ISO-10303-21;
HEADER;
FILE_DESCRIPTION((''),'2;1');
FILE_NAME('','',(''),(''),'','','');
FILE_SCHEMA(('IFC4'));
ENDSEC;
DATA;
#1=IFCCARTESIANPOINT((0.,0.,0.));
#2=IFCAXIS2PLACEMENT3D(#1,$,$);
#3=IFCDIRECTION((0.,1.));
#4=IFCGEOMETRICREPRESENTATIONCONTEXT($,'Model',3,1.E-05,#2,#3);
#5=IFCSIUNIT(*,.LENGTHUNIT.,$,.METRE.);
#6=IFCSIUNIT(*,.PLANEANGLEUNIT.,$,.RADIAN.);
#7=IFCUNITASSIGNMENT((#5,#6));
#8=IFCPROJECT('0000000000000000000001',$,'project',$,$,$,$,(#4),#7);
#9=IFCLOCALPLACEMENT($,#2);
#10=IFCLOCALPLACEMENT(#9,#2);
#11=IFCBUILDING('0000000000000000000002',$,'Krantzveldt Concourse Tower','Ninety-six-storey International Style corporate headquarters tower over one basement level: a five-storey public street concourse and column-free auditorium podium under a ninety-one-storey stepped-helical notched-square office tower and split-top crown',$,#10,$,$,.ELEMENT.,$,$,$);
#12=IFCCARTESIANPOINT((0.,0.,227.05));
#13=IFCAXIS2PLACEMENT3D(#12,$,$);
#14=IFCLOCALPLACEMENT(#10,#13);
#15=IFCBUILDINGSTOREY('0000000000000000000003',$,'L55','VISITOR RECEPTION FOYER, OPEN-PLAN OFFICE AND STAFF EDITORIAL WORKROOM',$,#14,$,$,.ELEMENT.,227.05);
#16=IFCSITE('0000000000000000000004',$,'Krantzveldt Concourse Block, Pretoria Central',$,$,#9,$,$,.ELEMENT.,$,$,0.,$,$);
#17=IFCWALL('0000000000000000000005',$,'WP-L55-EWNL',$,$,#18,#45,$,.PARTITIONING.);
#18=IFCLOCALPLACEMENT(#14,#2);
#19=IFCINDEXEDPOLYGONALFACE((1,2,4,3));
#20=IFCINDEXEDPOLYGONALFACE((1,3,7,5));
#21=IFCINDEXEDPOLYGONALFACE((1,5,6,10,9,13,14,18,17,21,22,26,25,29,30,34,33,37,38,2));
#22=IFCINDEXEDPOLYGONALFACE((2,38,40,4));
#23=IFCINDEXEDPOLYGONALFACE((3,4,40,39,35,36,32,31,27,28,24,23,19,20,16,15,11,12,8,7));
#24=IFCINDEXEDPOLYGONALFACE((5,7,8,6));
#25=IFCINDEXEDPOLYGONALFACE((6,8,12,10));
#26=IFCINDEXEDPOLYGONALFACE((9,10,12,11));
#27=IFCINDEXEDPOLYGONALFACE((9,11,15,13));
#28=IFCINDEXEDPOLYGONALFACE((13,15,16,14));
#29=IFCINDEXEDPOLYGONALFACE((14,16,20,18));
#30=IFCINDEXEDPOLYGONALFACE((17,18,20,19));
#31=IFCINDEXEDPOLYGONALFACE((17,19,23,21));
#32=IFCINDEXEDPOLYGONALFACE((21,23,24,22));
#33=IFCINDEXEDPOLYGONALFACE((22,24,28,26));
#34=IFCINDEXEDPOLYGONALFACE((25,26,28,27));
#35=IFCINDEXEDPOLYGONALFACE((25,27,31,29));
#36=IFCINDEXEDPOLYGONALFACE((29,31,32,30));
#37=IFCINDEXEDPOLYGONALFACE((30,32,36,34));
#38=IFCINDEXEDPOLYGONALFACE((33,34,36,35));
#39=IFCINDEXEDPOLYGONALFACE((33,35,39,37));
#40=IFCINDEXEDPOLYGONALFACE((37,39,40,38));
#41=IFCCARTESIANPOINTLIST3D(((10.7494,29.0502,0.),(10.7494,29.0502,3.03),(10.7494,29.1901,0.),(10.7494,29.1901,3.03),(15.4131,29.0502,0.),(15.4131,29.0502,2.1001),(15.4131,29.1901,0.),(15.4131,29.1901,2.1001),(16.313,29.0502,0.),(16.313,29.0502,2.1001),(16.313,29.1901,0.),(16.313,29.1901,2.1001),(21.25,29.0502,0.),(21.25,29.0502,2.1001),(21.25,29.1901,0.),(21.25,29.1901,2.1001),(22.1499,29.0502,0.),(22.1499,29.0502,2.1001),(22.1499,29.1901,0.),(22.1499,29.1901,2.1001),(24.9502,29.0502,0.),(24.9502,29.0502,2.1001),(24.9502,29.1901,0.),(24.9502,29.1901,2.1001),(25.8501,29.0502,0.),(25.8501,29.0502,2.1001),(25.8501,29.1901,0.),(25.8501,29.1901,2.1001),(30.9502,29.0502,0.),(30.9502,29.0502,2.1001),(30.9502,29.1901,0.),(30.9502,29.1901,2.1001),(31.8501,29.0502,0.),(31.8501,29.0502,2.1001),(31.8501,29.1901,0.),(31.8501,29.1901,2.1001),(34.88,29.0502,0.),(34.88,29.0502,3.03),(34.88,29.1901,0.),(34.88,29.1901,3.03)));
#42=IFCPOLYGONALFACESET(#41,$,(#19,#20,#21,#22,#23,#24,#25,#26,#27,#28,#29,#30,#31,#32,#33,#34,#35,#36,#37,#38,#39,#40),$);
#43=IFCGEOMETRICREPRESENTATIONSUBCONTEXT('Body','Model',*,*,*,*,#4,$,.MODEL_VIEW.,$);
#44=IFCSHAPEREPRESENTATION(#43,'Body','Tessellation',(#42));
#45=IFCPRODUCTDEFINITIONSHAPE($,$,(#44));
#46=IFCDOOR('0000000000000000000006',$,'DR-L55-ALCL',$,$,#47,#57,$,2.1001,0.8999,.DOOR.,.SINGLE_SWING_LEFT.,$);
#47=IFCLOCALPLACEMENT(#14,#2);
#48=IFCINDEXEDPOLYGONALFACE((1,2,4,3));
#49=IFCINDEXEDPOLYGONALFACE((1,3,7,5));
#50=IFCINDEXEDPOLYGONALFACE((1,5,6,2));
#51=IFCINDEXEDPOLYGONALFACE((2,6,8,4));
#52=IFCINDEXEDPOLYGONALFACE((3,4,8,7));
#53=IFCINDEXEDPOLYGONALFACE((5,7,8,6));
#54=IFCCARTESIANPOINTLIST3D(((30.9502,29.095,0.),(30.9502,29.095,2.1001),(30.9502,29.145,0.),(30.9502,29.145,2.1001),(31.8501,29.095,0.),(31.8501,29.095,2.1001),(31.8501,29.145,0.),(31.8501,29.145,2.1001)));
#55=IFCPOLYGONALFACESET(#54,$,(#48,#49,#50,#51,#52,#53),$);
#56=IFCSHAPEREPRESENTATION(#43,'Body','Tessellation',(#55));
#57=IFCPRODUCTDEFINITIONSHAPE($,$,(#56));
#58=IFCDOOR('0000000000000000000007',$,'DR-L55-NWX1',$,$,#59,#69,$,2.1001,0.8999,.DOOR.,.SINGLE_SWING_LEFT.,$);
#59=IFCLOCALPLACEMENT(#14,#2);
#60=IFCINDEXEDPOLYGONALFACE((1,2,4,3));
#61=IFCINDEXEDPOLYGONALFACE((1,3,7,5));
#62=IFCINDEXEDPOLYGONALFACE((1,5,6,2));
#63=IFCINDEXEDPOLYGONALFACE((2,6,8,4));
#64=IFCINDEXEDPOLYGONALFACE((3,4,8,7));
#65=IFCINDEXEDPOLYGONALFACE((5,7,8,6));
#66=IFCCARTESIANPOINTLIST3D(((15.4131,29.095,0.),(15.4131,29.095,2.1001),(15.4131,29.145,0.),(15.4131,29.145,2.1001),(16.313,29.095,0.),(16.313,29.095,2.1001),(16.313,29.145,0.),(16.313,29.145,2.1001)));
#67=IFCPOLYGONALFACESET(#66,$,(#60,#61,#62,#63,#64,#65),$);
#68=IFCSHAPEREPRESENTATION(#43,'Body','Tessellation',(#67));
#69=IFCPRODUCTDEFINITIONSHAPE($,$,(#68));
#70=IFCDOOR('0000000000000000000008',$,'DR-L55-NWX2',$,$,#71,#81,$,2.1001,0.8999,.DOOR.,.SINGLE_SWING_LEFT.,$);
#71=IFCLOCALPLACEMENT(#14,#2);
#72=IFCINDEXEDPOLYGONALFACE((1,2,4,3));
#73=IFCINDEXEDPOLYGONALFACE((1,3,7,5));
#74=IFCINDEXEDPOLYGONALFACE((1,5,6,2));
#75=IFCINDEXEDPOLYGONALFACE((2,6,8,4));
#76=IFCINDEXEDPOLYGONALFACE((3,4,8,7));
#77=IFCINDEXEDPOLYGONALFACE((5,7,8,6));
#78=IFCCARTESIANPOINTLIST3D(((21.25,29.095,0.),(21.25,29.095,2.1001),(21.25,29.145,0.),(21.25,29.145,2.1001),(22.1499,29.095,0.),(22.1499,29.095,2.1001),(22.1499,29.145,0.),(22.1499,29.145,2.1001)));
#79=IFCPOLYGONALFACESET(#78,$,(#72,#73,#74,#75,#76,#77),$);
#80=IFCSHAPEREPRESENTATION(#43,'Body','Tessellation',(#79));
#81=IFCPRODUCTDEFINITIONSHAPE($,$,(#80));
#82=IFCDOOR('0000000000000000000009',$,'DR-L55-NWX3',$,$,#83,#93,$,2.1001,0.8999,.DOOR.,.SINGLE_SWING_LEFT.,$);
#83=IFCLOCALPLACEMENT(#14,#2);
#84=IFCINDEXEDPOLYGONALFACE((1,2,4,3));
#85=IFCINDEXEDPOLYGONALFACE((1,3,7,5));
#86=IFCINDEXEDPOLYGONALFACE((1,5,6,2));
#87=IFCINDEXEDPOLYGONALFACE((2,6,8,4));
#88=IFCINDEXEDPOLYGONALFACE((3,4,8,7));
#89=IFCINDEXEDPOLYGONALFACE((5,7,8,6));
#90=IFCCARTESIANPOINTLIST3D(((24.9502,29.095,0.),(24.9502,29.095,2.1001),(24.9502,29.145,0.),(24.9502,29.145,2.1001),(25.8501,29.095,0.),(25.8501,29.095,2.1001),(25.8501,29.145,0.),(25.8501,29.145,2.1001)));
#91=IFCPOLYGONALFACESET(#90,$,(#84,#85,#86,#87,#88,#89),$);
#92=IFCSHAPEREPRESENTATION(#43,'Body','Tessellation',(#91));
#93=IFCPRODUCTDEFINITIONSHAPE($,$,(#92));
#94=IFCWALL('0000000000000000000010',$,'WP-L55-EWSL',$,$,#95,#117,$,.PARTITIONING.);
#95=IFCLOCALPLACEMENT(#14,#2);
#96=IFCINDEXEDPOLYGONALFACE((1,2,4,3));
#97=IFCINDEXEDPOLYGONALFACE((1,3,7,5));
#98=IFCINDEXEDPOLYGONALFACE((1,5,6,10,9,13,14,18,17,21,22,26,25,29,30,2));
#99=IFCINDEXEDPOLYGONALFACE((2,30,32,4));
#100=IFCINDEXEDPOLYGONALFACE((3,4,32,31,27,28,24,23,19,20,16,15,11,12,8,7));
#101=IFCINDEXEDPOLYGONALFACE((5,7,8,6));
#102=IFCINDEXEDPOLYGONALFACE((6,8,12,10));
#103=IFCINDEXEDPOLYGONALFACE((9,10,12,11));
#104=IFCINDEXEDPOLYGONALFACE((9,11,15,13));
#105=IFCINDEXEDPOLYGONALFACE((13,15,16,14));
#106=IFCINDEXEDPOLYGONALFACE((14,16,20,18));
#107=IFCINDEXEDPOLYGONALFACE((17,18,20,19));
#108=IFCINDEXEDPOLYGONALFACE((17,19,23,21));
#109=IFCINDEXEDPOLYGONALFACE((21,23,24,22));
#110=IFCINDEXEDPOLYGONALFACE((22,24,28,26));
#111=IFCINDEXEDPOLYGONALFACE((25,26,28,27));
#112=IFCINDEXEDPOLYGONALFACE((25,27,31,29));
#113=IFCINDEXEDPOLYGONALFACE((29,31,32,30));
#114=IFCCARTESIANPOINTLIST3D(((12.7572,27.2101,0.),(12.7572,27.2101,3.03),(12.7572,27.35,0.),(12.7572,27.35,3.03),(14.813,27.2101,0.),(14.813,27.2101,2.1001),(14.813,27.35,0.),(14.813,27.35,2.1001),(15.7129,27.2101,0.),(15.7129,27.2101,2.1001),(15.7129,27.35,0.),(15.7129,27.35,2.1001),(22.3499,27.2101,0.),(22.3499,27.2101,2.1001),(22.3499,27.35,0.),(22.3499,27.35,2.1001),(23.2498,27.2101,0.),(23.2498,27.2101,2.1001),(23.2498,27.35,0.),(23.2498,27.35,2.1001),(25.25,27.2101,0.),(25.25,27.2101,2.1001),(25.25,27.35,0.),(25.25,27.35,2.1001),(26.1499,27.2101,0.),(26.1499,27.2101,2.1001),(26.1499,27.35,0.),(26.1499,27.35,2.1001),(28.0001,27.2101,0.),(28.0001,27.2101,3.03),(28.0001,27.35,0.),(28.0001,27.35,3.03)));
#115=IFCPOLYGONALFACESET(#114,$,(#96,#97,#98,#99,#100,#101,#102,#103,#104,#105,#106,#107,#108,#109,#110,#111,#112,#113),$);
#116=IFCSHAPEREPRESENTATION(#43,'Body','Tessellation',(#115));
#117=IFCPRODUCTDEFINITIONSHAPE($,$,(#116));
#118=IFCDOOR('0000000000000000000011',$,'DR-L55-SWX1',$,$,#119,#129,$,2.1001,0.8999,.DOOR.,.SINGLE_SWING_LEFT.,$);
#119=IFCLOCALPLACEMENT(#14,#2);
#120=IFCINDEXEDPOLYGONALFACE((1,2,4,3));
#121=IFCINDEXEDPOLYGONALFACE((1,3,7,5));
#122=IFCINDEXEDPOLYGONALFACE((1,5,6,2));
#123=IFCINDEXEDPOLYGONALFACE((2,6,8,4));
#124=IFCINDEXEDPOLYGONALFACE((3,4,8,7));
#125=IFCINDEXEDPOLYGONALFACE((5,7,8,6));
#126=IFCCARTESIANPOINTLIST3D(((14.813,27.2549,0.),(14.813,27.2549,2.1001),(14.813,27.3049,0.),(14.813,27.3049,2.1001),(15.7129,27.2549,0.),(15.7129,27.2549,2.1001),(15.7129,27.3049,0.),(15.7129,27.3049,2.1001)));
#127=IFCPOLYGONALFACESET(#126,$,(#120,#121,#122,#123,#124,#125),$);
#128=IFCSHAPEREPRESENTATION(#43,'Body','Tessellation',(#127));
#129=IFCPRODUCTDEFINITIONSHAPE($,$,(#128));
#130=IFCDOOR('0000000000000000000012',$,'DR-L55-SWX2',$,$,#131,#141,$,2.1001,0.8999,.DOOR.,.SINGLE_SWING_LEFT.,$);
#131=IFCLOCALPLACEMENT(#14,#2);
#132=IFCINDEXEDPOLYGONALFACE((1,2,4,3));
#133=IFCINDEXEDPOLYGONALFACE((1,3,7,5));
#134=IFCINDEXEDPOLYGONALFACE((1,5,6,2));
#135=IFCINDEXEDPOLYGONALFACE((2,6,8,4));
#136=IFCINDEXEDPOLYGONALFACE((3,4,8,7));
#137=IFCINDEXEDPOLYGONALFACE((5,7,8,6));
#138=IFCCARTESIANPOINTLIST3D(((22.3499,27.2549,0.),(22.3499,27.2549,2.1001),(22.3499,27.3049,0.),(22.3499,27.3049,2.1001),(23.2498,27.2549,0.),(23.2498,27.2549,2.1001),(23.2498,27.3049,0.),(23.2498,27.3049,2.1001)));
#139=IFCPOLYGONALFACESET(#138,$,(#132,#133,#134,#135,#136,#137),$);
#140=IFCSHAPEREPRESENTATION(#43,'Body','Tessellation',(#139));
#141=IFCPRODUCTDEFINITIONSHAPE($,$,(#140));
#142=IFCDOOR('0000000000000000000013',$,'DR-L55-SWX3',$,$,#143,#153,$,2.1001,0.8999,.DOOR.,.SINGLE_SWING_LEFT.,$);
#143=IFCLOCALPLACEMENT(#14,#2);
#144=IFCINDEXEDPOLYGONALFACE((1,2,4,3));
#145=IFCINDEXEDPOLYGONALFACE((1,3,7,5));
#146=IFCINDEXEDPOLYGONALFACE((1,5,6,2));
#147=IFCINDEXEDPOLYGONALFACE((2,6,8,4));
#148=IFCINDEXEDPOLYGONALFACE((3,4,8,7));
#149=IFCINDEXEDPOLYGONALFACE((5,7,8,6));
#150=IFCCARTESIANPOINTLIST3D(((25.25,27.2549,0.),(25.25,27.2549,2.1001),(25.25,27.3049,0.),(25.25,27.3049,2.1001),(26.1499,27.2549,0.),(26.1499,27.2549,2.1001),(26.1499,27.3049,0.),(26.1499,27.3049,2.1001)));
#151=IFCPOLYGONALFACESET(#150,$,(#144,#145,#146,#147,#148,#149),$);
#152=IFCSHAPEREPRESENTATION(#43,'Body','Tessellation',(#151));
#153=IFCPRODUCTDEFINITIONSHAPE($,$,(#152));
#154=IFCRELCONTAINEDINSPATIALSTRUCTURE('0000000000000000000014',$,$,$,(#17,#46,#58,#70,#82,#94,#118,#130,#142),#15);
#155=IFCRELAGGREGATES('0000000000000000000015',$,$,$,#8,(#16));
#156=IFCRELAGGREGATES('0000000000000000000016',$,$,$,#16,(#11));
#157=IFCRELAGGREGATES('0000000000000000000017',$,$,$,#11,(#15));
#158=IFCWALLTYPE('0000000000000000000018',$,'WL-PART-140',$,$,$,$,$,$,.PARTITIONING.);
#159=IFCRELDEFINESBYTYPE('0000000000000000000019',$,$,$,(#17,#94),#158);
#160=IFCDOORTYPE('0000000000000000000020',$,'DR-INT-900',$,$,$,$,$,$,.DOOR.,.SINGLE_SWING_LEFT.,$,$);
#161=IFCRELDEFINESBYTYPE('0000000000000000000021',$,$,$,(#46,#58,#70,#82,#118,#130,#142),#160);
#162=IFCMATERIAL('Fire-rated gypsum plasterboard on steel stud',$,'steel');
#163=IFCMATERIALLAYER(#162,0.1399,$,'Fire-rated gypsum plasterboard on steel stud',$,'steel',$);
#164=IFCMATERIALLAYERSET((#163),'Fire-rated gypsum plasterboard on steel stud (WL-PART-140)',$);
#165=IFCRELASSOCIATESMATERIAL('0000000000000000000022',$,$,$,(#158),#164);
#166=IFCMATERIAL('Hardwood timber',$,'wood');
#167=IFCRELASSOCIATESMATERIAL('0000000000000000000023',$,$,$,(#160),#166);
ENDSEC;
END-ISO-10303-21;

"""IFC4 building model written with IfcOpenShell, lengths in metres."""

from ifc_helpers import new_model, si_unit, direction, frame, frame_2d, origin, place, context, subcontext, project, spatial, rectangle, extrude, material, layer, layer_set, type_object, element, fill, save


model = new_model("IFC4")

# Units and contexts
model_context = context("Model", 3, precision=1e-05, world=origin(), true_north=direction((0.0, 1.0)))
body_context = subcontext(model_context, "Body", "Model", "MODEL_VIEW")
ifc_project = project(units=[si_unit("LENGTHUNIT", "METRE"), si_unit("PLANEANGLEUNIT", "RADIAN")], contexts=[model_context])

# Site, building, storey
site_placement = place(None, origin())
site = spatial("IfcSite", under=ifc_project, at=site_placement, Name="Krantzveldt Concourse Block, Pretoria Central", CompositionType="ELEMENT", RefElevation=0.0)
building_placement = place(site_placement, origin())
building = spatial("IfcBuilding", under=site, at=building_placement, Name="Krantzveldt Concourse Tower", Description="Ninety-six-storey International Style corporate headquarters tower over one basement level: a five-storey public street concourse and column-free auditorium podium under a ninety-one-storey stepped-helical notched-square office tower and split-top crown", CompositionType="ELEMENT")
storey_placement = place(building_placement, frame((0.0, 0.0, 227.05)))
storey = spatial("IfcBuildingStorey", under=building, at=storey_placement, Name="L55", Description="VISITOR RECEPTION FOYER, OPEN-PLAN OFFICE AND STAFF EDITORIAL WORKROOM", CompositionType="ELEMENT", Elevation=227.05)

# Shared definitions
ifc_material_1 = material(Name="Fire-rated gypsum plasterboard on steel stud", Category="steel")

# Walls, openings, doors
ifc_layer_1 = layer(ifc_material_1, 0.1399, Name="Fire-rated gypsum plasterboard on steel stud", Category="steel")
ifc_layer_set_1 = layer_set([ifc_layer_1], Name="Fire-rated gypsum plasterboard on steel stud (WL-PART-140)")
wall_type_1 = type_object("IfcWallType", Name="WL-PART-140", PredefinedType="PARTITIONING", material=ifc_layer_set_1)
wall_1_placement = place(storey_placement, frame((10.7493, 29.1201, 0.0), z_axis=(0.0, 0.0, 1.0), x_axis=(1.0, 0.0, 0.0)))
wall_1 = element("IfcWall", 1, at=wall_1_placement, inside=storey, type_object=wall_type_1, Name="WP-L55-EWNL", PredefinedType="PARTITIONING", context=body_context, shape_type="SweptSolid", body=[
    extrude(rectangle(XDim=24.1306, YDim=0.1399, at=frame_2d((12.0654, 0.0))), origin(), (0.0, 0.0, 1.0), 3.03),
])
opening_1_placement = place(wall_1_placement, frame((20.2009, 0.0, 0.0)))
opening_1 = element("IfcOpeningElement", 2, at=opening_1_placement, cuts=wall_1, PredefinedType="OPENING", context=body_context, shape_type="SweptSolid", body=[
    extrude(rectangle(XDim=0.8999, YDim=2.1001, at=frame_2d((0.45, 1.05))), frame((0.0, 0.0801, 0.0), z_axis=(0.0, -1.0, 0.0), x_axis=(1.0, 0.0, 0.0)), (0.0, 0.0, 1.0), 0.1599),
])
opening_2_placement = place(wall_1_placement, frame((4.6638, 0.0, 0.0)))
opening_2 = element("IfcOpeningElement", 3, at=opening_2_placement, cuts=wall_1, PredefinedType="OPENING", context=body_context, shape_type="SweptSolid", body=[
    extrude(rectangle(XDim=0.8999, YDim=2.1001, at=frame_2d((0.45, 1.05))), frame((0.0, 0.0801, 0.0), z_axis=(0.0, -1.0, 0.0), x_axis=(1.0, 0.0, 0.0)), (0.0, 0.0, 1.0), 0.1599),
])
opening_3_placement = place(wall_1_placement, frame((10.5007, 0.0, 0.0)))
opening_3 = element("IfcOpeningElement", 4, at=opening_3_placement, cuts=wall_1, PredefinedType="OPENING", context=body_context, shape_type="SweptSolid", body=[
    extrude(rectangle(XDim=0.8999, YDim=2.1001, at=frame_2d((0.45, 1.05))), frame((0.0, 0.0801, 0.0), z_axis=(0.0, -1.0, 0.0), x_axis=(1.0, 0.0, 0.0)), (0.0, 0.0, 1.0), 0.1599),
])
opening_4_placement = place(wall_1_placement, frame((14.2009, 0.0, 0.0)))
opening_4 = element("IfcOpeningElement", 5, at=opening_4_placement, cuts=wall_1, PredefinedType="OPENING", context=body_context, shape_type="SweptSolid", body=[
    extrude(rectangle(XDim=0.8999, YDim=2.1001, at=frame_2d((0.45, 1.05))), frame((0.0, 0.0801, 0.0), z_axis=(0.0, -1.0, 0.0), x_axis=(1.0, 0.0, 0.0)), (0.0, 0.0, 1.0), 0.1599),
])
ifc_material_2 = material(Name="Hardwood timber", Category="wood")
door_type = type_object("IfcDoorType", Name="DR-INT-900", OperationType="SINGLE_SWING_LEFT", PredefinedType="DOOR", material=ifc_material_2)
door_1_placement = place(opening_1_placement, origin())
door_1 = element("IfcDoor", 6, at=door_1_placement, inside=storey, type_object=door_type, Name="DR-L55-ALCL", OperationType="SINGLE_SWING_LEFT", OverallHeight=2.1001, OverallWidth=0.8999, PredefinedType="DOOR", context=body_context, shape_type="SweptSolid", body=[
    extrude(rectangle(XDim=0.8999, YDim=2.1001, at=frame_2d((0.45, 1.05))), frame((0.0, 0.0249, 0.0), z_axis=(0.0, -1.0, 0.0), x_axis=(1.0, 0.0, 0.0)), (0.0, 0.0, 1.0), 0.05),
])
fill(opening_1, door_1)
door_2_placement = place(opening_2_placement, origin())
door_2 = element("IfcDoor", 7, at=door_2_placement, inside=storey, type_object=door_type, Name="DR-L55-NWX1", OperationType="SINGLE_SWING_LEFT", OverallHeight=2.1001, OverallWidth=0.8999, PredefinedType="DOOR", context=body_context, shape_type="SweptSolid", body=[
    extrude(rectangle(XDim=0.8999, YDim=2.1001, at=frame_2d((0.45, 1.05))), frame((0.0, 0.0249, 0.0), z_axis=(0.0, -1.0, 0.0), x_axis=(1.0, 0.0, 0.0)), (0.0, 0.0, 1.0), 0.05),
])
fill(opening_2, door_2)
door_3_placement = place(opening_3_placement, origin())
door_3 = element("IfcDoor", 8, at=door_3_placement, inside=storey, type_object=door_type, Name="DR-L55-NWX2", OperationType="SINGLE_SWING_LEFT", OverallHeight=2.1001, OverallWidth=0.8999, PredefinedType="DOOR", context=body_context, shape_type="SweptSolid", body=[
    extrude(rectangle(XDim=0.8999, YDim=2.1001, at=frame_2d((0.45, 1.05))), frame((0.0, 0.0249, 0.0), z_axis=(0.0, -1.0, 0.0), x_axis=(1.0, 0.0, 0.0)), (0.0, 0.0, 1.0), 0.05),
])
fill(opening_3, door_3)
door_4_placement = place(opening_4_placement, origin())
door_4 = element("IfcDoor", 9, at=door_4_placement, inside=storey, type_object=door_type, Name="DR-L55-NWX3", OperationType="SINGLE_SWING_LEFT", OverallHeight=2.1001, OverallWidth=0.8999, PredefinedType="DOOR", context=body_context, shape_type="SweptSolid", body=[
    extrude(rectangle(XDim=0.8999, YDim=2.1001, at=frame_2d((0.45, 1.05))), frame((0.0, 0.0249, 0.0), z_axis=(0.0, -1.0, 0.0), x_axis=(1.0, 0.0, 0.0)), (0.0, 0.0, 1.0), 0.05),
])
fill(opening_4, door_4)
wall_2_placement = place(storey_placement, frame((12.7571, 27.28, 0.0), z_axis=(0.0, 0.0, 1.0), x_axis=(1.0, 0.0, 0.0)))
wall_2 = element("IfcWall", 10, at=wall_2_placement, inside=storey, type_object=wall_type_1, Name="WP-L55-EWSL", PredefinedType="PARTITIONING", context=body_context, shape_type="SweptSolid", body=[
    extrude(rectangle(XDim=15.2429, YDim=0.1399, at=frame_2d((7.6216, 0.0))), origin(), (0.0, 0.0, 1.0), 3.03),
])
opening_5_placement = place(wall_2_placement, frame((2.0559, 0.0, 0.0)))
opening_5 = element("IfcOpeningElement", 11, at=opening_5_placement, cuts=wall_2, PredefinedType="OPENING", context=body_context, shape_type="SweptSolid", body=[
    extrude(rectangle(XDim=0.8999, YDim=2.1001, at=frame_2d((0.45, 1.05))), frame((0.0, 0.0801, 0.0), z_axis=(0.0, -1.0, 0.0), x_axis=(1.0, 0.0, 0.0)), (0.0, 0.0, 1.0), 0.1599),
])
opening_6_placement = place(wall_2_placement, frame((9.5928, 0.0, 0.0)))
opening_6 = element("IfcOpeningElement", 12, at=opening_6_placement, cuts=wall_2, PredefinedType="OPENING", context=body_context, shape_type="SweptSolid", body=[
    extrude(rectangle(XDim=0.8999, YDim=2.1001, at=frame_2d((0.45, 1.05))), frame((0.0, 0.0801, 0.0), z_axis=(0.0, -1.0, 0.0), x_axis=(1.0, 0.0, 0.0)), (0.0, 0.0, 1.0), 0.1599),
])
opening_7_placement = place(wall_2_placement, frame((12.4929, 0.0, 0.0)))
opening_7 = element("IfcOpeningElement", 13, at=opening_7_placement, cuts=wall_2, PredefinedType="OPENING", context=body_context, shape_type="SweptSolid", body=[
    extrude(rectangle(XDim=0.8999, YDim=2.1001, at=frame_2d((0.45, 1.05))), frame((0.0, 0.0801, 0.0), z_axis=(0.0, -1.0, 0.0), x_axis=(1.0, 0.0, 0.0)), (0.0, 0.0, 1.0), 0.1599),
])
door_5_placement = place(opening_5_placement, origin())
door_5 = element("IfcDoor", 14, at=door_5_placement, inside=storey, type_object=door_type, Name="DR-L55-SWX1", OperationType="SINGLE_SWING_LEFT", OverallHeight=2.1001, OverallWidth=0.8999, PredefinedType="DOOR", context=body_context, shape_type="SweptSolid", body=[
    extrude(rectangle(XDim=0.8999, YDim=2.1001, at=frame_2d((0.45, 1.05))), frame((0.0, 0.0249, 0.0), z_axis=(0.0, -1.0, 0.0), x_axis=(1.0, 0.0, 0.0)), (0.0, 0.0, 1.0), 0.05),
])
fill(opening_5, door_5)
door_6_placement = place(opening_6_placement, origin())
door_6 = element("IfcDoor", 15, at=door_6_placement, inside=storey, type_object=door_type, Name="DR-L55-SWX2", OperationType="SINGLE_SWING_LEFT", OverallHeight=2.1001, OverallWidth=0.8999, PredefinedType="DOOR", context=body_context, shape_type="SweptSolid", body=[
    extrude(rectangle(XDim=0.8999, YDim=2.1001, at=frame_2d((0.45, 1.05))), frame((0.0, 0.0249, 0.0), z_axis=(0.0, -1.0, 0.0), x_axis=(1.0, 0.0, 0.0)), (0.0, 0.0, 1.0), 0.05),
])
fill(opening_6, door_6)
door_7_placement = place(opening_7_placement, origin())
door_7 = element("IfcDoor", 16, at=door_7_placement, inside=storey, type_object=door_type, Name="DR-L55-SWX3", OperationType="SINGLE_SWING_LEFT", OverallHeight=2.1001, OverallWidth=0.8999, PredefinedType="DOOR", context=body_context, shape_type="SweptSolid", body=[
    extrude(rectangle(XDim=0.8999, YDim=2.1001, at=frame_2d((0.45, 1.05))), frame((0.0, 0.0249, 0.0), z_axis=(0.0, -1.0, 0.0), x_axis=(1.0, 0.0, 0.0)), (0.0, 0.0, 1.0), 0.05),
])
fill(opening_7, door_7)

save(model, "model.ifc")
